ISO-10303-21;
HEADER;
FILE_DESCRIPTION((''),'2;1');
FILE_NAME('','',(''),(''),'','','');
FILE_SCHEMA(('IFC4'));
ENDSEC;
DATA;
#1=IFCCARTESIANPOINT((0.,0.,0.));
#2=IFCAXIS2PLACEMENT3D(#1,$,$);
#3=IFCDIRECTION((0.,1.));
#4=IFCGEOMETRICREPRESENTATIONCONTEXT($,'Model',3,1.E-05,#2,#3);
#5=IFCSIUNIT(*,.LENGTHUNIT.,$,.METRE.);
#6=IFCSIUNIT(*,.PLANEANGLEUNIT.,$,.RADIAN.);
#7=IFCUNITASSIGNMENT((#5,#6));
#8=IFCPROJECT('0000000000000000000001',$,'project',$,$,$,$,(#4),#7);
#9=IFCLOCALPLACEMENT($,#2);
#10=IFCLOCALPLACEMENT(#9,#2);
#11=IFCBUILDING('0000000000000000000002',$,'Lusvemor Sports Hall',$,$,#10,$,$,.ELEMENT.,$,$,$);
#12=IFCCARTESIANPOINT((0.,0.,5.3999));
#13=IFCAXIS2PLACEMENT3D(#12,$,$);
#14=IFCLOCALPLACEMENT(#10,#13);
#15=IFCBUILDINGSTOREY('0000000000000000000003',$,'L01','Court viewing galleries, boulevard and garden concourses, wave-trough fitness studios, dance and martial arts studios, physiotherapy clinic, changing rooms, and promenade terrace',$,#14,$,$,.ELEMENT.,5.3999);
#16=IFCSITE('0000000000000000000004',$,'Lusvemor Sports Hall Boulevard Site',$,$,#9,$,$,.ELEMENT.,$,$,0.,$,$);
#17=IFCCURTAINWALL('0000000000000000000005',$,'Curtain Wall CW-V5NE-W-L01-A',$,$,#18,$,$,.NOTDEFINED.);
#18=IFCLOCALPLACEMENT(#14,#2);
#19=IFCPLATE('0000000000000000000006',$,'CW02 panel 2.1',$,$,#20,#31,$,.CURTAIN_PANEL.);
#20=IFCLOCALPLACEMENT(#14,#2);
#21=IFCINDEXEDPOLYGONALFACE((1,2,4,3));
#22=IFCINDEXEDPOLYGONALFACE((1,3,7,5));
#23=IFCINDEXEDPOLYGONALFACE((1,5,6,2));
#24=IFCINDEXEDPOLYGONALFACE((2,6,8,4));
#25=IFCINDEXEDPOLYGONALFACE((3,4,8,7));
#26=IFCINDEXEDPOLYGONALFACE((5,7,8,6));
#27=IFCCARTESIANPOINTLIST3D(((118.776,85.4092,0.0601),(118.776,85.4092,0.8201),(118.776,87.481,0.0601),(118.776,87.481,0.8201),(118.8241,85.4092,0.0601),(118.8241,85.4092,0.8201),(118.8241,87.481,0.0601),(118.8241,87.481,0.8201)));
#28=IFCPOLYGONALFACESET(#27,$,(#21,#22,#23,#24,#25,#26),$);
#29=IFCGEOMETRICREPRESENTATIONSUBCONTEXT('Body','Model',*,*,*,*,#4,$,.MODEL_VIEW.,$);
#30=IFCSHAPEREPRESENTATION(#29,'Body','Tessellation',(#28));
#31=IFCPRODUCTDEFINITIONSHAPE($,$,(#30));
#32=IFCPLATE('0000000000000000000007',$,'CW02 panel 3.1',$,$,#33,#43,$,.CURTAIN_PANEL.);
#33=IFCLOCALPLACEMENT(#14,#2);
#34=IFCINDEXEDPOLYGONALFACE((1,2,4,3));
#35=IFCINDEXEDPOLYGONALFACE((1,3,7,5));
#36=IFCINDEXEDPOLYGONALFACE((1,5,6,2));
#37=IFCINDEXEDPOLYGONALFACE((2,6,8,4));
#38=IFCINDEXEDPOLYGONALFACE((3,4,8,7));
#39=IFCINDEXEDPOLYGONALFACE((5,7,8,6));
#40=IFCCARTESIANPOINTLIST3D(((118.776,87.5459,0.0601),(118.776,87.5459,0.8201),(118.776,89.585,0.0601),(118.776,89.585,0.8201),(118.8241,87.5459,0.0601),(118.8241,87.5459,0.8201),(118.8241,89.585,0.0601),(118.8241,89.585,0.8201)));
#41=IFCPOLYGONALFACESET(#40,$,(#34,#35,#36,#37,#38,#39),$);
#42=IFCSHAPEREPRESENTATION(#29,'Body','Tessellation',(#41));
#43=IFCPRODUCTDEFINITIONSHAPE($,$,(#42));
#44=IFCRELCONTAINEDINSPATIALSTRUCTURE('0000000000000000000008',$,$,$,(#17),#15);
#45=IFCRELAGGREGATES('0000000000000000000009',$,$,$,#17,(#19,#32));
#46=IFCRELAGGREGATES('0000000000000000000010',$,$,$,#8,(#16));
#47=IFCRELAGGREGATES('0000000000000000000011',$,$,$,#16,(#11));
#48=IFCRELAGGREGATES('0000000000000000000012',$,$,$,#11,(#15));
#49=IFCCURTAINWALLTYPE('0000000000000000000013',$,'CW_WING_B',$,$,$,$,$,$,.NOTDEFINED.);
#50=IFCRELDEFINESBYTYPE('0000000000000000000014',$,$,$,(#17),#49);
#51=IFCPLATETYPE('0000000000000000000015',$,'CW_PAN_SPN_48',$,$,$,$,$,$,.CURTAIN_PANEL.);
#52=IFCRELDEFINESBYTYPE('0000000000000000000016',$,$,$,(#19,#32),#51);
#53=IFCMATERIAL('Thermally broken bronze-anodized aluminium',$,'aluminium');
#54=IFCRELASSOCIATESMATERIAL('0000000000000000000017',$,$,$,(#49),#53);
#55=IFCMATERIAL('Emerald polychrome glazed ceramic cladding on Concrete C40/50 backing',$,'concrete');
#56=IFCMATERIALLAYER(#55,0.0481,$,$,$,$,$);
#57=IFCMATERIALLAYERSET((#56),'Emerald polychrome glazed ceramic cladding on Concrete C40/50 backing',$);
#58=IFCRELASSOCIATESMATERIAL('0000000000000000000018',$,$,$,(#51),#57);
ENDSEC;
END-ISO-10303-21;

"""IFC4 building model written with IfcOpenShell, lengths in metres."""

from ifc_helpers import new_model, si_unit, direction, frame, origin, origin_2d, place, context, subcontext, project, spatial, rectangle, extrude, material, layer, layer_set, type_object, element, aggregate, save


model = new_model("IFC4")

# Units and contexts
model_context = context("Model", 3, precision=1e-05, world=origin(), true_north=direction((0.0, 1.0)))
body_context = subcontext(model_context, "Body", "Model", "MODEL_VIEW")
ifc_project = project(units=[si_unit("LENGTHUNIT", "METRE"), si_unit("PLANEANGLEUNIT", "RADIAN")], contexts=[model_context])

# Site, building, storey
site_placement = place(None, origin())
site = spatial("IfcSite", under=ifc_project, at=site_placement, Name="Lusvemor Sports Hall Boulevard Site", CompositionType="ELEMENT", RefElevation=0.0)
building_placement = place(site_placement, origin())
building = spatial("IfcBuilding", under=site, at=building_placement, Name="Lusvemor Sports Hall", CompositionType="ELEMENT")
storey_placement = place(building_placement, frame((0.0, 0.0, 5.3999)))
storey = spatial("IfcBuildingStorey", under=building, at=storey_placement, Name="L01", Description="Court viewing galleries, boulevard and garden concourses, wave-trough fitness studios, dance and martial arts studios, physiotherapy clinic, changing rooms, and promenade terrace", CompositionType="ELEMENT", Elevation=5.3999)

# Curtain wall
ifc_material_1 = material(Name="Thermally broken bronze-anodized aluminium", Category="aluminium")
curtain_wall_type = type_object("IfcCurtainWallType", Name="CW_WING_B", PredefinedType="NOTDEFINED", material=ifc_material_1)
curtain_wall_1_placement = place(storey_placement, origin())
curtain_wall_1 = element("IfcCurtainWall", 1, at=curtain_wall_1_placement, inside=storey, type_object=curtain_wall_type, Name="Curtain Wall CW-V5NE-W-L01-A", PredefinedType="NOTDEFINED")

# Plates
ifc_material_2 = material(Name="Emerald polychrome glazed ceramic cladding on Concrete C40/50 backing", Category="concrete")
ifc_layer_1 = layer(ifc_material_2, 0.0481)
ifc_layer_set_1 = layer_set([ifc_layer_1], Name="Emerald polychrome glazed ceramic cladding on Concrete C40/50 backing")
plate_type_1 = type_object("IfcPlateType", Name="CW_PAN_SPN_48", PredefinedType="CURTAIN_PANEL", material=ifc_layer_set_1)
plate_1_placement = place(storey_placement, frame((118.8, 86.4451, 0.0601), z_axis=(0.0, 0.0, 1.0), x_axis=(0.0, 1.0, 0.0)))
plate_1 = element("IfcPlate", 2, at=plate_1_placement, type_object=plate_type_1, Name="CW02 panel 2.1", PredefinedType="CURTAIN_PANEL", context=body_context, shape_type="SweptSolid", body=[
    extrude(rectangle(XDim=2.0718, YDim=0.0481, at=origin_2d()), origin(), (0.0, 0.0, 1.0), 0.76),
])
plate_2_placement = place(storey_placement, frame((118.8, 88.5654, 0.0601), z_axis=(0.0, 0.0, 1.0), x_axis=(0.0, 1.0, 0.0)))
plate_2 = element("IfcPlate", 3, at=plate_2_placement, type_object=plate_type_1, Name="CW02 panel 3.1", PredefinedType="CURTAIN_PANEL", context=body_context, shape_type="SweptSolid", body=[
    extrude(rectangle(XDim=2.0391, YDim=0.0481, at=origin_2d()), origin(), (0.0, 0.0, 1.0), 0.76),
])
aggregate(curtain_wall_1, [plate_1, plate_2])

save(model, "model.ifc")
